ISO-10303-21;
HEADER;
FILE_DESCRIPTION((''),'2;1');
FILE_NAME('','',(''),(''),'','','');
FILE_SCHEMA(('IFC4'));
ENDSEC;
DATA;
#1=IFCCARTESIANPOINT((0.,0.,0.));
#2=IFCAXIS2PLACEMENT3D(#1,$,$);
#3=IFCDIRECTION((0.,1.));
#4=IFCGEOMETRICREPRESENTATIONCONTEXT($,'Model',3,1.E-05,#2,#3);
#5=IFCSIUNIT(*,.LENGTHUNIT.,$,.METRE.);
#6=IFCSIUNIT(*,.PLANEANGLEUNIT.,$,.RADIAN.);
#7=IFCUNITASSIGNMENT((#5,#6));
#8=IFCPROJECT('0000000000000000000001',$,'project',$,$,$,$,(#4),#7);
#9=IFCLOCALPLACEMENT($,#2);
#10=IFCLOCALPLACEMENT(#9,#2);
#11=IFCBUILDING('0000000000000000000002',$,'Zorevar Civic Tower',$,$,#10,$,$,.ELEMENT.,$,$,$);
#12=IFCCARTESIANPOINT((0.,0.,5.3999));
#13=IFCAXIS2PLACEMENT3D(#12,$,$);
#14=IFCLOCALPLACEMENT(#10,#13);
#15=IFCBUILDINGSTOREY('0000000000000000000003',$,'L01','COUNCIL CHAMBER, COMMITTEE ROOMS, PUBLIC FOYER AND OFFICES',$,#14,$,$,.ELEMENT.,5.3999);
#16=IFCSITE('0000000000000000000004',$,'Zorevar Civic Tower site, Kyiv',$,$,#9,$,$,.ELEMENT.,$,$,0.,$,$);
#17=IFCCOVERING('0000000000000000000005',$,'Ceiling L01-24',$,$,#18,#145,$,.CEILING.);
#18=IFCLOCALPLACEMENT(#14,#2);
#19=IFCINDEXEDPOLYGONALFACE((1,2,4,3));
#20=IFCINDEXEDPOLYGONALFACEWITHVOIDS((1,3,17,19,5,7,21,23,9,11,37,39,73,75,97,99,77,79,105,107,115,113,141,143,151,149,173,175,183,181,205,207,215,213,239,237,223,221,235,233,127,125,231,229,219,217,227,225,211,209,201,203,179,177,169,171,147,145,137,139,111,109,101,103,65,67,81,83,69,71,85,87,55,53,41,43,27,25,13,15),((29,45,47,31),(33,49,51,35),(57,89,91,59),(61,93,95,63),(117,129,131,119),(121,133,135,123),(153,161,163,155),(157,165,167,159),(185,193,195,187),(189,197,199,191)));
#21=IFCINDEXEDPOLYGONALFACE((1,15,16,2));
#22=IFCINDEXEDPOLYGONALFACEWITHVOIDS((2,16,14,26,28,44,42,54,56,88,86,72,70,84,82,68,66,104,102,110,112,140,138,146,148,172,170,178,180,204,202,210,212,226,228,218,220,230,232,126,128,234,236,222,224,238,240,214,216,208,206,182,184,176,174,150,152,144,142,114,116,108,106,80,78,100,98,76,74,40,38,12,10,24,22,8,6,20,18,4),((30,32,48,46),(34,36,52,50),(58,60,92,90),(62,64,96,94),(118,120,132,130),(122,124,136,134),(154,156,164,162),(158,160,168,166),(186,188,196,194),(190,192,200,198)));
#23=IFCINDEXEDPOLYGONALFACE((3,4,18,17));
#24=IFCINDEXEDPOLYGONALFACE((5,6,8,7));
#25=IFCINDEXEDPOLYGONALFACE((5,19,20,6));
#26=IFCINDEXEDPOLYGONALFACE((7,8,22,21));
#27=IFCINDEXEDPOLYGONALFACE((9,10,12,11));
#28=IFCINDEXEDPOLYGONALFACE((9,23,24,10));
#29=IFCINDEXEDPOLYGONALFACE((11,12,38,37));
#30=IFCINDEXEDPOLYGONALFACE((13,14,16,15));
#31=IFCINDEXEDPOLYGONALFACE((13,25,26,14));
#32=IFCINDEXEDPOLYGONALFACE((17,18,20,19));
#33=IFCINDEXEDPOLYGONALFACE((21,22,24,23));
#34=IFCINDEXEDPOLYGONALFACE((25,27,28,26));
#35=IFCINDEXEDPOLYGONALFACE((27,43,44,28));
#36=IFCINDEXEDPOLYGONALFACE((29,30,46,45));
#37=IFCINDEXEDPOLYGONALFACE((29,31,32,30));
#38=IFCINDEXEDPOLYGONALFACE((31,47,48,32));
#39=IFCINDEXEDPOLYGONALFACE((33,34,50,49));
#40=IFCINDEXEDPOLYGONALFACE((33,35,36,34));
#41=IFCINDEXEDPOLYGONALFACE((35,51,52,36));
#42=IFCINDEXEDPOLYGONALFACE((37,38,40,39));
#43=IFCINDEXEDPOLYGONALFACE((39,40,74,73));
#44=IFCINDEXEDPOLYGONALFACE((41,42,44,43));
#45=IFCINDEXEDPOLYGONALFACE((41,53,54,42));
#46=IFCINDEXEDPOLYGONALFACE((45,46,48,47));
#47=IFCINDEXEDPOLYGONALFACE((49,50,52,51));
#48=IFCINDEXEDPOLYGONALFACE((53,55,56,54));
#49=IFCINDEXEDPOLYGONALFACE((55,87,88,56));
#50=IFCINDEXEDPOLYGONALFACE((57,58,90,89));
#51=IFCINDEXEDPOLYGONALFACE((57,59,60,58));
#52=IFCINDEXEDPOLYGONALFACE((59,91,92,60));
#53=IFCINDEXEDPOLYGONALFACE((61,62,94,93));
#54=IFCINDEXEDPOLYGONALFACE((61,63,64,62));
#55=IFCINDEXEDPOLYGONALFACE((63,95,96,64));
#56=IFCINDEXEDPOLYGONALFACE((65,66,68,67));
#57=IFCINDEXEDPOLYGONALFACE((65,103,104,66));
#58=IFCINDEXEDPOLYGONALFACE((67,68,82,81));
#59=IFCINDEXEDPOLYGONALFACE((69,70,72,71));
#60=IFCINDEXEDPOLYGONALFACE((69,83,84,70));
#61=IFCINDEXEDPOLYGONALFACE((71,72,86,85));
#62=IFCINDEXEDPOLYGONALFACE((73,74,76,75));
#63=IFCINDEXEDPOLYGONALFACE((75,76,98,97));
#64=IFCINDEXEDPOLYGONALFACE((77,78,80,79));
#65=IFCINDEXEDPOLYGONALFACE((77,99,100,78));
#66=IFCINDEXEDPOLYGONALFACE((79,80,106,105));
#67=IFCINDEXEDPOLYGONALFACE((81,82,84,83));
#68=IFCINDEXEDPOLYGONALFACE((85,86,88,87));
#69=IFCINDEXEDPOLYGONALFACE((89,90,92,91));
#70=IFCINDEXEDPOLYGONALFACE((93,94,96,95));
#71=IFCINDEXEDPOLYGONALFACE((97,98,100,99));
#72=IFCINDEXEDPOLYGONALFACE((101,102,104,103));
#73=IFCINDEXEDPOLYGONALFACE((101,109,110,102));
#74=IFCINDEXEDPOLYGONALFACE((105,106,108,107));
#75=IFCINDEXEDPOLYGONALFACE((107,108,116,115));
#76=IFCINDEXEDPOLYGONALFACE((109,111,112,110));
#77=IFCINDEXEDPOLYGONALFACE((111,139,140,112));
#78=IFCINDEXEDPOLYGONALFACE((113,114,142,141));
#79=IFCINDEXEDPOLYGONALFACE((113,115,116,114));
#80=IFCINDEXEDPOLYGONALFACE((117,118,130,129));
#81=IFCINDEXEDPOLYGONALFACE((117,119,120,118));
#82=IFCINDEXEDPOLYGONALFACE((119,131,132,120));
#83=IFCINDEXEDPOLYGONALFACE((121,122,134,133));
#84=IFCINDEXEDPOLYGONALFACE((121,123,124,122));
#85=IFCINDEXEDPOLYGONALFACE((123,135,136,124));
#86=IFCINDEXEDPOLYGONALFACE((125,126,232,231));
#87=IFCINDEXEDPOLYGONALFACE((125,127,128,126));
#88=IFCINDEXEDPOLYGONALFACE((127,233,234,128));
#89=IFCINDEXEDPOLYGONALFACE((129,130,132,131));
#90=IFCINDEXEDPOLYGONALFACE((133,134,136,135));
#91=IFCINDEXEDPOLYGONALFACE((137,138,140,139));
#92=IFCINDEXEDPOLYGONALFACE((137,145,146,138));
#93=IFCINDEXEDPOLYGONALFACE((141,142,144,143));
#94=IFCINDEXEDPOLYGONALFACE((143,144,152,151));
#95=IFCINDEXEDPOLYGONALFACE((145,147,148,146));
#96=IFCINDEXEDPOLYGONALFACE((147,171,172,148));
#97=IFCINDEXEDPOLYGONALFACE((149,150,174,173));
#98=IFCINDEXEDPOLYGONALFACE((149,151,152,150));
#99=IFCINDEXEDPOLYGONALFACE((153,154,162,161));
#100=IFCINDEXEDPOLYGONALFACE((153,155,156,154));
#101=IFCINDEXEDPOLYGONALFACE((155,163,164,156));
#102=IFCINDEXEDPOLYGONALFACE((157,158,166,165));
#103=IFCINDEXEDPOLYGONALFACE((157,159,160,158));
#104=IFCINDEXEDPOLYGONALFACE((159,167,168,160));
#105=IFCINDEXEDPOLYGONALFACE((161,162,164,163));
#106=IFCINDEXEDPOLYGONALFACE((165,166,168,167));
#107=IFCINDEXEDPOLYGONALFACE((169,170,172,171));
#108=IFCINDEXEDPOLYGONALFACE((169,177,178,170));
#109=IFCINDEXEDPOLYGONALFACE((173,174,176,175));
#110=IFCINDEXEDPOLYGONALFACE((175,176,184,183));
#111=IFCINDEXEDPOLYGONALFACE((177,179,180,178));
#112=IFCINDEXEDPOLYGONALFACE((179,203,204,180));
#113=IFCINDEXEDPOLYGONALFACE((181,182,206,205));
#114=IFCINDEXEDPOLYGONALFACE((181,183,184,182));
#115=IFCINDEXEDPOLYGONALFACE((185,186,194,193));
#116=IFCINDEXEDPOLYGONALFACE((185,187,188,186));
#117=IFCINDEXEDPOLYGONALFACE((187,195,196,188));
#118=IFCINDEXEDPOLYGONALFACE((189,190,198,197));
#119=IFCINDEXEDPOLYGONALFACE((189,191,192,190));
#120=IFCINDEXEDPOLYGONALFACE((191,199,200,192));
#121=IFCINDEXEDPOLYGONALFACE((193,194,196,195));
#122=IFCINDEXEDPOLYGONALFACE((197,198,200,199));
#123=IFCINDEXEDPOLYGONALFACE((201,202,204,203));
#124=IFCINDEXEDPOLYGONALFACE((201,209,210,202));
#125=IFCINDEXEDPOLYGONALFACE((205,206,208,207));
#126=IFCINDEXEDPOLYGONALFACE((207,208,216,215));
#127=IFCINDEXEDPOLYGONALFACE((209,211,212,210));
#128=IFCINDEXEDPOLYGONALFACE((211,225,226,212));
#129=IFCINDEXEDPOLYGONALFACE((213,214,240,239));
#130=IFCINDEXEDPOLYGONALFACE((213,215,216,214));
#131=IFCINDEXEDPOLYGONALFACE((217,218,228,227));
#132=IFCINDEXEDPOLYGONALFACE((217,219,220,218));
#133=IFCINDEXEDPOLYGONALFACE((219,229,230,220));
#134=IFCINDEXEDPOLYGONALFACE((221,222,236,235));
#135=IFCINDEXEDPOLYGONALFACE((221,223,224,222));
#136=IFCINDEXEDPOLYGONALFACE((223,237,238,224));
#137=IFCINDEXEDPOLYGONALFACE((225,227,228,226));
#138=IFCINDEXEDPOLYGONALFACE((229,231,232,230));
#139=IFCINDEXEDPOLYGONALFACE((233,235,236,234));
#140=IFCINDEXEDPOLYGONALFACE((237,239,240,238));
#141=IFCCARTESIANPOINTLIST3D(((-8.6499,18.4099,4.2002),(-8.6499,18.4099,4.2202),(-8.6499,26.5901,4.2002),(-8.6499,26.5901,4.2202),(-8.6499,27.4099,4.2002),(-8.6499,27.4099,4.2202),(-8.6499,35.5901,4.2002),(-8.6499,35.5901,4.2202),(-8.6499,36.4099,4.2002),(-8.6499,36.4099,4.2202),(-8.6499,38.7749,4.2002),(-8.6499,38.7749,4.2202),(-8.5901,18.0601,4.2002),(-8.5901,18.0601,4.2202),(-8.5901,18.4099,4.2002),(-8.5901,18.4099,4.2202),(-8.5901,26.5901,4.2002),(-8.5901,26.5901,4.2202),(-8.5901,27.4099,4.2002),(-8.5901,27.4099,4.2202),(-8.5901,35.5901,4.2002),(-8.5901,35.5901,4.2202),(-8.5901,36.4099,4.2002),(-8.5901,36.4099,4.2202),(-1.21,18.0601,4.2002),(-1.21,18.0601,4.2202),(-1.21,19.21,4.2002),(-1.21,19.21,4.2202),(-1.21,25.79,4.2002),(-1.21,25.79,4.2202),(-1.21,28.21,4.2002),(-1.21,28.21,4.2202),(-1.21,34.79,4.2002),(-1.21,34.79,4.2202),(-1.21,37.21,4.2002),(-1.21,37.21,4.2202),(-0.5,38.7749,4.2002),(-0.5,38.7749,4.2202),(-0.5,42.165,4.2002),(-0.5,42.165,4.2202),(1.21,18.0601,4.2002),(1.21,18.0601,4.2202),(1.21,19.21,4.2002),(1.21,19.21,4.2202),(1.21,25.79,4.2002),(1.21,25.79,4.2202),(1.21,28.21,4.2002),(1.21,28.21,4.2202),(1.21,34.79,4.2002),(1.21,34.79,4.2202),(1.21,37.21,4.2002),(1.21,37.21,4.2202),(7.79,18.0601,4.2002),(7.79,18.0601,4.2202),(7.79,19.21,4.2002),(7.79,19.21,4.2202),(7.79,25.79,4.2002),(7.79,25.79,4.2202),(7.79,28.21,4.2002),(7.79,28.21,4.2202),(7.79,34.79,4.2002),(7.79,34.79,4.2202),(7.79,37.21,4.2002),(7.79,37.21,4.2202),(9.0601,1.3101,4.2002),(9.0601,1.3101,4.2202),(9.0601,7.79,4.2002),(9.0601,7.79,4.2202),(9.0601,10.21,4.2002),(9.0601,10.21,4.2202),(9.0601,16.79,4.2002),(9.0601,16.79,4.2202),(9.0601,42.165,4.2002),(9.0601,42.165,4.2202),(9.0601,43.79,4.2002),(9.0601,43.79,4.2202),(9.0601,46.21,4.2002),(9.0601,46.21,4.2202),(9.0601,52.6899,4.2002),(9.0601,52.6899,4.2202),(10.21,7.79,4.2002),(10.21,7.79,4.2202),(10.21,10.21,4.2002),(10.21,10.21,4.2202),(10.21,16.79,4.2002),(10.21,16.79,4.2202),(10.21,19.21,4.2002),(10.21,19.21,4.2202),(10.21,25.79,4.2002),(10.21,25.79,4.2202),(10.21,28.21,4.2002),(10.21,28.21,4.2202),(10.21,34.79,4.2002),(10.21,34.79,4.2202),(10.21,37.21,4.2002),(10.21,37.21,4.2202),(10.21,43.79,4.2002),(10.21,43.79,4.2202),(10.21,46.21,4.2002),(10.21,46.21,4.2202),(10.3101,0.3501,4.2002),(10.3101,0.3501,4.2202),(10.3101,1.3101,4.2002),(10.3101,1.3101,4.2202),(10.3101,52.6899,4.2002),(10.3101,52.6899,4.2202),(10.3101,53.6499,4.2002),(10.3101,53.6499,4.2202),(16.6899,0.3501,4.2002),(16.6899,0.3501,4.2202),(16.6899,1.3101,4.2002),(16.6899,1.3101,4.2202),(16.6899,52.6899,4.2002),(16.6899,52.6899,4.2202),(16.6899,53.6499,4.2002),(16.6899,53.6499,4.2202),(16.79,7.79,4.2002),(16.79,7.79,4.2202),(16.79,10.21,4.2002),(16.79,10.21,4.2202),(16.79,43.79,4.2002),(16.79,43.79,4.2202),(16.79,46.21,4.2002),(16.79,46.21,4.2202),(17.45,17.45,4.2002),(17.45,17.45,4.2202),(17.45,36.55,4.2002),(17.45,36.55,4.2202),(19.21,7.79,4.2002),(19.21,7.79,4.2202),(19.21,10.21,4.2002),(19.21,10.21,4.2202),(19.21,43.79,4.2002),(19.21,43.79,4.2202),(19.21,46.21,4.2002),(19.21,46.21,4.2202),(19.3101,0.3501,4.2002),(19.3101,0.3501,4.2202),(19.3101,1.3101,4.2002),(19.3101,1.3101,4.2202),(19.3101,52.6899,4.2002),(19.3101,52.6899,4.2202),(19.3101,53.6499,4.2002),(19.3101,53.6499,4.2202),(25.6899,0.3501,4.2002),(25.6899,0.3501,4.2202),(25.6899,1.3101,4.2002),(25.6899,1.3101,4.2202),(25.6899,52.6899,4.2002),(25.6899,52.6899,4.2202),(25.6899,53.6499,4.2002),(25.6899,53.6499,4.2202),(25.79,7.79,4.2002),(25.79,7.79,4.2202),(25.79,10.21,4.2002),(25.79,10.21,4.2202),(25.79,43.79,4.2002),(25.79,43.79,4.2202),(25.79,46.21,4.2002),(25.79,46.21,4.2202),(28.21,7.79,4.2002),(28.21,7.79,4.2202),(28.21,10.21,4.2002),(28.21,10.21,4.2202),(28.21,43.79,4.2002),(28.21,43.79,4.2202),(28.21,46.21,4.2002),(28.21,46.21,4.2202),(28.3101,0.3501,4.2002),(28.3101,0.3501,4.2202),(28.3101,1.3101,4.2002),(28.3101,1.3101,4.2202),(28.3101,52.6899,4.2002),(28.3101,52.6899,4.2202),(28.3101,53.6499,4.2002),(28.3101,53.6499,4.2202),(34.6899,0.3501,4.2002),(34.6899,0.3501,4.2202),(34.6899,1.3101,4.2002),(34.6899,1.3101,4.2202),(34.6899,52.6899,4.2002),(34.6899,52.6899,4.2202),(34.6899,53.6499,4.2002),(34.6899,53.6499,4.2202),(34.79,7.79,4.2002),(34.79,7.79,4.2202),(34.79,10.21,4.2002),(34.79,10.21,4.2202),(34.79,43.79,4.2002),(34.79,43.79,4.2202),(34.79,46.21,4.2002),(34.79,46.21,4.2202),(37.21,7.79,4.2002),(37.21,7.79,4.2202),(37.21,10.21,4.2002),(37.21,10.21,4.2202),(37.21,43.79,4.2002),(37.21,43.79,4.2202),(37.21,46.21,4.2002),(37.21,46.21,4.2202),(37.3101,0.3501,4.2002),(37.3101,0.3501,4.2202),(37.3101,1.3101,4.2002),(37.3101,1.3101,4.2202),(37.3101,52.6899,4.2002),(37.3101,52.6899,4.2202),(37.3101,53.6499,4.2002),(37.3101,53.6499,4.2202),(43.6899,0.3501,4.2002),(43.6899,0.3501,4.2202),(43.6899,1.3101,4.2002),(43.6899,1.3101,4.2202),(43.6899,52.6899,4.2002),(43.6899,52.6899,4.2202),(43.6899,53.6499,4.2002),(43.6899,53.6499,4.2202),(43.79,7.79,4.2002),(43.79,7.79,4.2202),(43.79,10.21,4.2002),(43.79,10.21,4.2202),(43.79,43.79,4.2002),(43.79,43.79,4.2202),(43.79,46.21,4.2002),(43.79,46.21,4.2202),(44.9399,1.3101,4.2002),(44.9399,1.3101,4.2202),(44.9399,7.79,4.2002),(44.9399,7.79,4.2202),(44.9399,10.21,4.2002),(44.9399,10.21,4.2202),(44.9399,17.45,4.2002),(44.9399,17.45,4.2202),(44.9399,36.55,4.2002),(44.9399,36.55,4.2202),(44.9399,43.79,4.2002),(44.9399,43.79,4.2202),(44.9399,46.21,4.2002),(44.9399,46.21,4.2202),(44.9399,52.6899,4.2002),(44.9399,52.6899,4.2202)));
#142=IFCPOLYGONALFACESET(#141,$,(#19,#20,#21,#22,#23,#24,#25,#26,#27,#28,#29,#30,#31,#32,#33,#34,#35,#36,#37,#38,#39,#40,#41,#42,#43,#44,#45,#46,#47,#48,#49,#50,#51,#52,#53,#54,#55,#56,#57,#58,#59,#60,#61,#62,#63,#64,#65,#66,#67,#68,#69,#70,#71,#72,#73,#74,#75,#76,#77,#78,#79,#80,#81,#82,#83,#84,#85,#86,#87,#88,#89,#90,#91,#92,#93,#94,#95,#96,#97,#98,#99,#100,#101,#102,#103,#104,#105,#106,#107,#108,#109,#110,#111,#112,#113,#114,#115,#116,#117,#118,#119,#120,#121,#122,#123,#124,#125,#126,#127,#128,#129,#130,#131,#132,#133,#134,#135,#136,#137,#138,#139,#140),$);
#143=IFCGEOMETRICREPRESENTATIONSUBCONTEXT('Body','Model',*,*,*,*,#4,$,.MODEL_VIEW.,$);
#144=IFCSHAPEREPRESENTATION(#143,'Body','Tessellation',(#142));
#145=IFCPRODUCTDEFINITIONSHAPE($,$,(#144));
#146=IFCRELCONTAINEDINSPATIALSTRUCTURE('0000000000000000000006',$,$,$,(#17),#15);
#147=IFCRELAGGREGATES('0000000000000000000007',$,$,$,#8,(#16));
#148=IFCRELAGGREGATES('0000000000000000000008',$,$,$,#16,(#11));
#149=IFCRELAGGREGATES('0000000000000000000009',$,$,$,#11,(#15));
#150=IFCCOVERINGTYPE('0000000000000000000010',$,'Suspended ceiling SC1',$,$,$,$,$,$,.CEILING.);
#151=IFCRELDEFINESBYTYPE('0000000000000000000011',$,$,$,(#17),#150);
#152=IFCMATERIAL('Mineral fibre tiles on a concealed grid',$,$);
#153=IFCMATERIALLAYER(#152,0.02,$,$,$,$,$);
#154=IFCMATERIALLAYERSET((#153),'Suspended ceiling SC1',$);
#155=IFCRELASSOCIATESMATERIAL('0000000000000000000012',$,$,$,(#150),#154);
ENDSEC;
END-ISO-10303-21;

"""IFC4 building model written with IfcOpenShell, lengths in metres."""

from ifc_helpers import new_model, si_unit, direction, frame, origin, place, context, subcontext, project, spatial, polyline, outline, extrude, material, layer, layer_set, type_object, element, save


model = new_model("IFC4")

# Units and contexts
model_context = context("Model", 3, precision=1e-05, world=origin(), true_north=direction((0.0, 1.0)))
body_context = subcontext(model_context, "Body", "Model", "MODEL_VIEW")
ifc_project = project(units=[si_unit("LENGTHUNIT", "METRE"), si_unit("PLANEANGLEUNIT", "RADIAN")], contexts=[model_context])

# Site, building, storey
site_placement = place(None, origin())
site = spatial("IfcSite", under=ifc_project, at=site_placement, Name="Zorevar Civic Tower site, Kyiv", CompositionType="ELEMENT", RefElevation=0.0)
building_placement = place(site_placement, origin())
building = spatial("IfcBuilding", under=site, at=building_placement, Name="Zorevar Civic Tower", CompositionType="ELEMENT")
storey_placement = place(building_placement, frame((0.0, 0.0, 5.3999)))
storey = spatial("IfcBuildingStorey", under=building, at=storey_placement, Name="L01", Description="COUNCIL CHAMBER, COMMITTEE ROOMS, PUBLIC FOYER AND OFFICES", CompositionType="ELEMENT", Elevation=5.3999)

# Covering
ifc_material_1 = material(Name="Mineral fibre tiles on a concealed grid")
ifc_layer_1 = layer(ifc_material_1, 0.02)
ifc_layer_set_1 = layer_set([ifc_layer_1], Name="Suspended ceiling SC1")
covering_type_1 = type_object("IfcCoveringType", Name="Suspended ceiling SC1", PredefinedType="CEILING", material=ifc_layer_set_1)
covering_1_placement = place(storey_placement, frame((0.0, 0.0, 4.2002)))
element("IfcCovering", 1, at=covering_1_placement, inside=storey, type_object=covering_type_1, Name="Ceiling L01-24", PredefinedType="CEILING", context=body_context, shape_type="SweptSolid", body=[
    extrude(outline(polyline([(28.3101, 1.3101), (25.6899, 1.3101), (25.6899, 0.3501), (19.3101, 0.3501), (19.3101, 1.3101), (16.6899, 1.3101), (16.6899, 0.3501), (10.3101, 0.3501), (10.3101, 1.3101), (9.0601, 1.3101), (9.0601, 7.79), (10.21, 7.79), (10.21, 10.21), (9.0601, 10.21), (9.0601, 16.79), (10.21, 16.79), (10.21, 19.21), (7.79, 19.21), (7.79, 18.0601), (1.21, 18.0601), (1.21, 19.21), (-1.21, 19.21), (-1.21, 18.0601), (-8.5901, 18.0601), (-8.5901, 18.4099), (-8.6499, 18.4099), (-8.6499, 26.5901), (-8.5901, 26.5901), (-8.5901, 27.4099), (-8.6499, 27.4099), (-8.6499, 35.5901), (-8.5901, 35.5901), (-8.5901, 36.4099), (-8.6499, 36.4099), (-8.6499, 38.7749), (-0.5, 38.7749), (-0.5, 42.165), (9.0601, 42.165), (9.0601, 43.79), (10.21, 43.79), (10.21, 46.21), (9.0601, 46.21), (9.0601, 52.6899), (10.3101, 52.6899), (10.3101, 53.6499), (16.6899, 53.6499), (16.6899, 52.6899), (19.3101, 52.6899), (19.3101, 53.6499), (25.6899, 53.6499), (25.6899, 52.6899), (28.3101, 52.6899), (28.3101, 53.6499), (34.6899, 53.6499), (34.6899, 52.6899), (37.3101, 52.6899), (37.3101, 53.6499), (43.6899, 53.6499), (43.6899, 52.6899), (44.9399, 52.6899), (44.9399, 46.21), (43.79, 46.21), (43.79, 43.79), (44.9399, 43.79), (44.9399, 36.55), (17.45, 36.55), (17.45, 17.45), (44.9399, 17.45), (44.9399, 10.21), (43.79, 10.21), (43.79, 7.79), (44.9399, 7.79), (44.9399, 1.3101), (43.6899, 1.3101), (43.6899, 0.3501), (37.3101, 0.3501), (37.3101, 1.3101), (34.6899, 1.3101), (34.6899, 0.3501), (28.3101, 0.3501), (28.3101, 1.3101)]), holes=[polyline([(1.21, 28.21), (-1.21, 28.21), (-1.21, 25.79), (1.21, 25.79), (1.21, 28.21)]), polyline([(1.21, 34.79), (1.21, 37.21), (-1.21, 37.21), (-1.21, 34.79), (1.21, 34.79)]), polyline([(10.21, 25.79), (10.21, 28.21), (7.79, 28.21), (7.79, 25.79), (10.21, 25.79)]), polyline([(7.79, 34.79), (10.21, 34.79), (10.21, 37.21), (7.79, 37.21), (7.79, 34.79)]), polyline([(16.79, 7.79), (19.21, 7.79), (19.21, 10.21), (16.79, 10.21), (16.79, 7.79)]), polyline([(16.79, 46.21), (16.79, 43.79), (19.21, 43.79), (19.21, 46.21), (16.79, 46.21)]), polyline([(25.79, 7.79), (28.21, 7.79), (28.21, 10.21), (25.79, 10.21), (25.79, 7.79)]), polyline([(25.79, 46.21), (25.79, 43.79), (28.21, 43.79), (28.21, 46.21), (25.79, 46.21)]), polyline([(34.79, 7.79), (37.21, 7.79), (37.21, 10.21), (34.79, 10.21), (34.79, 7.79)]), polyline([(34.79, 46.21), (34.79, 43.79), (37.21, 43.79), (37.21, 46.21), (34.79, 46.21)])]), origin(), (0.0, 0.0, 1.0), 0.02),
])

save(model, "model.ifc")
